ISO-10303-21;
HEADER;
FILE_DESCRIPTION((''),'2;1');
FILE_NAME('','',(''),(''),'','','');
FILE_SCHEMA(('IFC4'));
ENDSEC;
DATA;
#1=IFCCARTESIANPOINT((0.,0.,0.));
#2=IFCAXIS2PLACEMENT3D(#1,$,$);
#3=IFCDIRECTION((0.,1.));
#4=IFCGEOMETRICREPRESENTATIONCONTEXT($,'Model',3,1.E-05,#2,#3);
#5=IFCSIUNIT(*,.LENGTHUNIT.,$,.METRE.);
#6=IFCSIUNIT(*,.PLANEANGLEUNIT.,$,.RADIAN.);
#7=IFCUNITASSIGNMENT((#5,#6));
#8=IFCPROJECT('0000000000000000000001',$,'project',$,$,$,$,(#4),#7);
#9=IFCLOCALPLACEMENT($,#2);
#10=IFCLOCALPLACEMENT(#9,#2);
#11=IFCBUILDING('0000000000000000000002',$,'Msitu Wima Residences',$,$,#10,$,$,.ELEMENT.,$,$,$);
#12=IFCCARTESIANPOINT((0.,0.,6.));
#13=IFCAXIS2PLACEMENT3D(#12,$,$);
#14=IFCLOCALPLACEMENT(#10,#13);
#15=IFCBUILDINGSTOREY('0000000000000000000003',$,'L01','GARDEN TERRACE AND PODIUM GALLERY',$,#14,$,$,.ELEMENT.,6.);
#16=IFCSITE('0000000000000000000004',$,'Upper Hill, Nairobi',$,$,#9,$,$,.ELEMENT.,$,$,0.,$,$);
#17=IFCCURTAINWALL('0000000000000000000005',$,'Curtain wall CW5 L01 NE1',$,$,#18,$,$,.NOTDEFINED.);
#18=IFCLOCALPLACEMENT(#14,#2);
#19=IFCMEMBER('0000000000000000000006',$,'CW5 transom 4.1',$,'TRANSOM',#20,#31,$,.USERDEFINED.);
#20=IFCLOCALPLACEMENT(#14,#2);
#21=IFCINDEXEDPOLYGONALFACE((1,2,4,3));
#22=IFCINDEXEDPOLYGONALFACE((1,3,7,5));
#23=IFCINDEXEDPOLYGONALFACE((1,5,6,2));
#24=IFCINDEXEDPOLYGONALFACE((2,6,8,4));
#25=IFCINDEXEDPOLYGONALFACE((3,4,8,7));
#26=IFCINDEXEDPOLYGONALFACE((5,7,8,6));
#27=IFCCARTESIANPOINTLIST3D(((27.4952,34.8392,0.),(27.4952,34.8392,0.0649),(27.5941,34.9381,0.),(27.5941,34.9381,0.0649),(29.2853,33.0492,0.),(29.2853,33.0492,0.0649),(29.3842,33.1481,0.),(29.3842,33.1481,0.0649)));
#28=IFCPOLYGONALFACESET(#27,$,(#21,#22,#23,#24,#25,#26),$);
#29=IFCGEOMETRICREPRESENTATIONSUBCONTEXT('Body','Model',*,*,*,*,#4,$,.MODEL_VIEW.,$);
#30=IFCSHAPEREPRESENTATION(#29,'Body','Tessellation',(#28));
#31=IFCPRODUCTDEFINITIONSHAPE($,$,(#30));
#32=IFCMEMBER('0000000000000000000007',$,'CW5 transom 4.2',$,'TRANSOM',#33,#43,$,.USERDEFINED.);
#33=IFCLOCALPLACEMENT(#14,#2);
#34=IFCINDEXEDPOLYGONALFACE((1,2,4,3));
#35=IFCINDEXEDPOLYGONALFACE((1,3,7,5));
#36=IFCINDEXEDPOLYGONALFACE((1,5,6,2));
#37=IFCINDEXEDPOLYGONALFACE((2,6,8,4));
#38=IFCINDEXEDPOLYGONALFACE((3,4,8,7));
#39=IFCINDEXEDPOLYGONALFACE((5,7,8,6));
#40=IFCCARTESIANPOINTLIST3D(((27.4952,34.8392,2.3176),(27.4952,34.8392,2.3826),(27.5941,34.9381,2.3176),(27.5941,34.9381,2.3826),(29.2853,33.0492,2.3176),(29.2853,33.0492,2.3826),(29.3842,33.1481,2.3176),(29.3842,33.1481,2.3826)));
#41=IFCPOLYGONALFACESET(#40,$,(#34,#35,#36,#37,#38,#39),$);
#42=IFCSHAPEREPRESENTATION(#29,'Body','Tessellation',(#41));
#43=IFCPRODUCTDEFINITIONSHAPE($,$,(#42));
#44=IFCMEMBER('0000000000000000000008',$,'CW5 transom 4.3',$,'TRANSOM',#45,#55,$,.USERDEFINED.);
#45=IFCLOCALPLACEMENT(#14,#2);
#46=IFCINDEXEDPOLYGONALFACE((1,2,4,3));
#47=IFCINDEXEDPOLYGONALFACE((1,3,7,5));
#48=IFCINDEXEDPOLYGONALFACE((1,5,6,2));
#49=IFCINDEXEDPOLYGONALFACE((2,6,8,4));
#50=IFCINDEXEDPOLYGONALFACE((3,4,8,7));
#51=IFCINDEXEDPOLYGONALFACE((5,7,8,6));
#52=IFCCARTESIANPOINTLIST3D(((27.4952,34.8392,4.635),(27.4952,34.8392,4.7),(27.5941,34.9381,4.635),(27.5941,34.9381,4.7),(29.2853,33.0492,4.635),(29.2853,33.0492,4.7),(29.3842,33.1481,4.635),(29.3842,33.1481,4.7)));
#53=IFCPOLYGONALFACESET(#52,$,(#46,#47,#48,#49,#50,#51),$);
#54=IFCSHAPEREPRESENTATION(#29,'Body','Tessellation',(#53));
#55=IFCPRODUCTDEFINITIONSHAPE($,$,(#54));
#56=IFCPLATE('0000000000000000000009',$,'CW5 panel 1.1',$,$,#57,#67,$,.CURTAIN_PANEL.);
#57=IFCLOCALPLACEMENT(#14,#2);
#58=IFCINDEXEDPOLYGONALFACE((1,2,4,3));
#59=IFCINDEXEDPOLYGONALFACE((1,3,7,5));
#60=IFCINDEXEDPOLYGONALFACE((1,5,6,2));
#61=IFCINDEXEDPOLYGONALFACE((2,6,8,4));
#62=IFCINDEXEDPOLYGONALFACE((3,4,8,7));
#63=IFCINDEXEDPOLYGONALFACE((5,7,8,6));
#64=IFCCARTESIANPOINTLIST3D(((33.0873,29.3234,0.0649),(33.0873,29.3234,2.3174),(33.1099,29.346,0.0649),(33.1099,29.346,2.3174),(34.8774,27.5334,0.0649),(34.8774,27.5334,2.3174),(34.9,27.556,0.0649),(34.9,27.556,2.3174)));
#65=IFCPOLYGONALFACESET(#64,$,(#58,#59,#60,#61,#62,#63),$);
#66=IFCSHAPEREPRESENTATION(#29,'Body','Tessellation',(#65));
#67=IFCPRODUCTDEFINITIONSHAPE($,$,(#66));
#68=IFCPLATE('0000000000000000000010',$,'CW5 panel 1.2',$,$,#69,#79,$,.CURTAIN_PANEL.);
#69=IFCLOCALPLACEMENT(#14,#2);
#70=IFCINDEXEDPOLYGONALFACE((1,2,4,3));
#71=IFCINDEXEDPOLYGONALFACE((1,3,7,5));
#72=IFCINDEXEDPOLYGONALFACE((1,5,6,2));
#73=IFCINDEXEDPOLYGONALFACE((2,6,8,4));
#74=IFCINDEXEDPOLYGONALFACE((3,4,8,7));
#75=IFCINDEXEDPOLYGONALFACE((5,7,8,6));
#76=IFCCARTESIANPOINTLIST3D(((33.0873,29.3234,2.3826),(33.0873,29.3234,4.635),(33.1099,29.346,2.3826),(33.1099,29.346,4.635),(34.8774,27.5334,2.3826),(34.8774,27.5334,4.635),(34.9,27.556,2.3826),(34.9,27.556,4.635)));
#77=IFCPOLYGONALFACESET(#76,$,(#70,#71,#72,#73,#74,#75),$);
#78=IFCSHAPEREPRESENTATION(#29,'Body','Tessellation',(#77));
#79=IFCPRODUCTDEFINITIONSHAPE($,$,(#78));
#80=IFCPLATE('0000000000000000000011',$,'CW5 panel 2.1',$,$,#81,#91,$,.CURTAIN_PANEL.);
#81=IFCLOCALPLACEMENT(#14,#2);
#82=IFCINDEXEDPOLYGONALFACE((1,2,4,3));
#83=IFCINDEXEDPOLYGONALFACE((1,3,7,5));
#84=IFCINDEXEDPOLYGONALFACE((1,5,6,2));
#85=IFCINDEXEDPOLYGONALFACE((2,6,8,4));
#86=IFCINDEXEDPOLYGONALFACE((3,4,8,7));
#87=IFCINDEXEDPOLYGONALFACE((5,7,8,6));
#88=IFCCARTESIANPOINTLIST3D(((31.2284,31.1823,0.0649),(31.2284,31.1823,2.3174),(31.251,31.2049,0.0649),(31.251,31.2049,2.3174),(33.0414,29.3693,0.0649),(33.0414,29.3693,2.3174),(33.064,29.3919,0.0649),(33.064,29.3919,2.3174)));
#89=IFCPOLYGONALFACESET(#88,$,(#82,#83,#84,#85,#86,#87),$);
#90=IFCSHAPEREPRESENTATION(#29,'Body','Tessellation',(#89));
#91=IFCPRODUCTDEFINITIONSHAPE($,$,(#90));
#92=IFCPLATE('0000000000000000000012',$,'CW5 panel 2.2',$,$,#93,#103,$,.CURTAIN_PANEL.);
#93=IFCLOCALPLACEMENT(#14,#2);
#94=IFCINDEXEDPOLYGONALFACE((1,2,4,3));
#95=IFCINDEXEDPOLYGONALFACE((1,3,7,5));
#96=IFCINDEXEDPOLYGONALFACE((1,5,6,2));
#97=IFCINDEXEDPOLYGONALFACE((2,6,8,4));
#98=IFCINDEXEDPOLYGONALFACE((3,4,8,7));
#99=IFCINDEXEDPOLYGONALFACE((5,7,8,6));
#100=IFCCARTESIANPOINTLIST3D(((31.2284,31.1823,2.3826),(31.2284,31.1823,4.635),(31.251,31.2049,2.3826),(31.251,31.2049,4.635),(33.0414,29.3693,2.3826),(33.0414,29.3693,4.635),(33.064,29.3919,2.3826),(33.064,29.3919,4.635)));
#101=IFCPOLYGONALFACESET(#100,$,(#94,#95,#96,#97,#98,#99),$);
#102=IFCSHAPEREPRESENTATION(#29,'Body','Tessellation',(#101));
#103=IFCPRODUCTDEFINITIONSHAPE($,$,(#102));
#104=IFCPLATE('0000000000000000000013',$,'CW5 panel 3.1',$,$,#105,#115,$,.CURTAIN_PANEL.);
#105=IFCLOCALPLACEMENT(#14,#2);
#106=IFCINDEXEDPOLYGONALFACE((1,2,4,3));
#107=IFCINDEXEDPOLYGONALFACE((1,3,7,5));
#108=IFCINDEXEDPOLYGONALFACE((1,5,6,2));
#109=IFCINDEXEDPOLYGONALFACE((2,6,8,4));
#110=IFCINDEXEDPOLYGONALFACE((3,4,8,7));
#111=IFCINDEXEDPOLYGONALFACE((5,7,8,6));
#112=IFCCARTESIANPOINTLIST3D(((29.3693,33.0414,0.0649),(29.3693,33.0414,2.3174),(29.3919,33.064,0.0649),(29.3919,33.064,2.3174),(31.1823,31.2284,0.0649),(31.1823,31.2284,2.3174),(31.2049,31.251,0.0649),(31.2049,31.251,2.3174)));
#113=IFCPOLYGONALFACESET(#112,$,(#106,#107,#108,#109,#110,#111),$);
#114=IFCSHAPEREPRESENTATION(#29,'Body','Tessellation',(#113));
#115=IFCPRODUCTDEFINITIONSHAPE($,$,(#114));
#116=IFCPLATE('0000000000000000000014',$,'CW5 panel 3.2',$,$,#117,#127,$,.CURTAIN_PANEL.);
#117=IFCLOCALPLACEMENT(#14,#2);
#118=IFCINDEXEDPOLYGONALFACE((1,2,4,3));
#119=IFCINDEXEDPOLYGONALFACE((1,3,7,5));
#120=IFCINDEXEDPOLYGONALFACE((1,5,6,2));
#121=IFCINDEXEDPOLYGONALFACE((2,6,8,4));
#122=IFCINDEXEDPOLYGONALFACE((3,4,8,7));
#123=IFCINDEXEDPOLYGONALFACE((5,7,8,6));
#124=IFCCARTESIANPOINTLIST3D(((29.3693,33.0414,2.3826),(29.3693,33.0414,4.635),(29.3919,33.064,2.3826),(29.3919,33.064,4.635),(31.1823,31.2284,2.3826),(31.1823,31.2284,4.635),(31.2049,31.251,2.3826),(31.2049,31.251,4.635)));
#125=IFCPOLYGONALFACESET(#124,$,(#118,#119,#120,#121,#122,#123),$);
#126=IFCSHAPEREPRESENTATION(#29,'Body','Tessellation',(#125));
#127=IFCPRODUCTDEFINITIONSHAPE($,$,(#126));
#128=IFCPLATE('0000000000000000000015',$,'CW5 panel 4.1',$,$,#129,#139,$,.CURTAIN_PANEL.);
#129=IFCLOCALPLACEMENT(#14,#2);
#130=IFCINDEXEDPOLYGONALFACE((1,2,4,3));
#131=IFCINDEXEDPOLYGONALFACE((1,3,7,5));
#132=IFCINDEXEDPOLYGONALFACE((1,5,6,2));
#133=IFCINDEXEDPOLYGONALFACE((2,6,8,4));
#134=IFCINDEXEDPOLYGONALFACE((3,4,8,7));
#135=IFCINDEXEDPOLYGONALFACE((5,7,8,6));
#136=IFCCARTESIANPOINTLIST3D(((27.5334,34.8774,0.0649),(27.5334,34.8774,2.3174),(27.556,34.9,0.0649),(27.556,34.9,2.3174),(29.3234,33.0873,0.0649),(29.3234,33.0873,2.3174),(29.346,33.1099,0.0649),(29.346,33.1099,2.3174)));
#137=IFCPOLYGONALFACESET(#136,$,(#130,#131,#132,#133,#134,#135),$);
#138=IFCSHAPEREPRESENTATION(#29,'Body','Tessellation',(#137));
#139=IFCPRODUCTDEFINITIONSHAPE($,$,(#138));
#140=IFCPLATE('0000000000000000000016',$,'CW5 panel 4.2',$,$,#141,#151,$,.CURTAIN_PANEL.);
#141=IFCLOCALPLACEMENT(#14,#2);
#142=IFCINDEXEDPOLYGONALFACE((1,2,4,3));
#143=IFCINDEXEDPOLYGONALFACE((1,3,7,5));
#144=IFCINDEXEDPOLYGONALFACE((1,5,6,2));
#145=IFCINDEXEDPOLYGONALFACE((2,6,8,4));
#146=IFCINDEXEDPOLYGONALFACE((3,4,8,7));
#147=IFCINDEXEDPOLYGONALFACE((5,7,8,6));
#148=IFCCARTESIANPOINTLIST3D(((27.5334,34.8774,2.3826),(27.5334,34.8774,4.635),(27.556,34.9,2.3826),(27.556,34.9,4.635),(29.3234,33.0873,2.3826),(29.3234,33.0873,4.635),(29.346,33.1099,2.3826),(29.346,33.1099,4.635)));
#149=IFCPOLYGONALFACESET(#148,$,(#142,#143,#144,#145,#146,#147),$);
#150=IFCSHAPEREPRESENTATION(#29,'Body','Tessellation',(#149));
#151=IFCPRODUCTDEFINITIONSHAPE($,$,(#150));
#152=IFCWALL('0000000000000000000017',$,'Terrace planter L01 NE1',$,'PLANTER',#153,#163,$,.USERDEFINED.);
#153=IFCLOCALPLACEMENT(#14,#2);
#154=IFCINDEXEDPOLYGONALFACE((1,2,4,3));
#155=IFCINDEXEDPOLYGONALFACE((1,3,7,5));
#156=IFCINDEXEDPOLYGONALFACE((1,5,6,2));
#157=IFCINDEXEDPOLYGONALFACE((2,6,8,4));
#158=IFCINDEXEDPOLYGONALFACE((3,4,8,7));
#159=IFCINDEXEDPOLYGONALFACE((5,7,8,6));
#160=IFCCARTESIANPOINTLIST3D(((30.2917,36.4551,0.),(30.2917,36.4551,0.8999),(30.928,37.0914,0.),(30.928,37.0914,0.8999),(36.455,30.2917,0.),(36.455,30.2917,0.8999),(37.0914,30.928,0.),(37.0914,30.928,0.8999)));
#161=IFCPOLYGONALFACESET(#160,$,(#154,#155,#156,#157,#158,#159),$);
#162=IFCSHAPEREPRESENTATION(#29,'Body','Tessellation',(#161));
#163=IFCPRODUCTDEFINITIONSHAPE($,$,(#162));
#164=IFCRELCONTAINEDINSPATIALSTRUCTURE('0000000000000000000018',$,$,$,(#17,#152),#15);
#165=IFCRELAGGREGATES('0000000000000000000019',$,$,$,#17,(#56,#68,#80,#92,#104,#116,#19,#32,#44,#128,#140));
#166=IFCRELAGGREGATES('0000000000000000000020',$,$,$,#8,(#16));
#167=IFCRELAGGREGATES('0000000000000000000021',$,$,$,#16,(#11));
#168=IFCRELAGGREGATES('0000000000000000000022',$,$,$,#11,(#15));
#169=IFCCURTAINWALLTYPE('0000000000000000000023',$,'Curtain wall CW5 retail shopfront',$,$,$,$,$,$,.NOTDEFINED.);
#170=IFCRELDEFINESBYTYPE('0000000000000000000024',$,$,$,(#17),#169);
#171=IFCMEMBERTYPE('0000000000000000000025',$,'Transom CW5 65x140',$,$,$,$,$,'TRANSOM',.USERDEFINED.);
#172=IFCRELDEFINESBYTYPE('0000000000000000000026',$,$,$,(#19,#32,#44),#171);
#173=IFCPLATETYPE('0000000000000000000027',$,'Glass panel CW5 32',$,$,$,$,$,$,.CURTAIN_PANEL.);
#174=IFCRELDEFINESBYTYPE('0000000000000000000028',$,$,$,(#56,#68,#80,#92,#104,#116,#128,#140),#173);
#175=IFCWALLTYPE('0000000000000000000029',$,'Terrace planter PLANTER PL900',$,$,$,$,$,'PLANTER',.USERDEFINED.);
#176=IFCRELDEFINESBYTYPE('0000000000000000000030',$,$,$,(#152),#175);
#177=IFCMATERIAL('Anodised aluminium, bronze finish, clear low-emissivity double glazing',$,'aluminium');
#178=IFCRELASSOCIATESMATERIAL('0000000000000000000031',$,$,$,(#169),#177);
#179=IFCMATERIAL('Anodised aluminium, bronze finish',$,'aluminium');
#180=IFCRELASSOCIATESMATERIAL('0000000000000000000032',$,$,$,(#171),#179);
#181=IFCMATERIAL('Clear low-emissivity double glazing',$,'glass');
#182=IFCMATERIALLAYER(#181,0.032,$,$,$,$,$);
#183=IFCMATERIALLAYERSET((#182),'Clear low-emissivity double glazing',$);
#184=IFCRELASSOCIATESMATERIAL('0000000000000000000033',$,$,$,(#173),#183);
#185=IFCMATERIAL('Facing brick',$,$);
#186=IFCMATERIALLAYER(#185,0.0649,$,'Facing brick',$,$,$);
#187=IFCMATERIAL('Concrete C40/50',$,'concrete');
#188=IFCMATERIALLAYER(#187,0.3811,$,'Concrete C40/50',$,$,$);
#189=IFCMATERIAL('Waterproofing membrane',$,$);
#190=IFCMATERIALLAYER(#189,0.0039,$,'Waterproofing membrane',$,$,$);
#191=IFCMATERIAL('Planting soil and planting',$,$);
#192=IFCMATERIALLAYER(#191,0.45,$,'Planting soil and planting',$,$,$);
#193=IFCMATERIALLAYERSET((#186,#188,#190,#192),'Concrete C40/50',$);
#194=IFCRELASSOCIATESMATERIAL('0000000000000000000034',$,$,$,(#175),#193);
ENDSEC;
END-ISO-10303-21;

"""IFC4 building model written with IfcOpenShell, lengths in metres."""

from ifc_helpers import new_model, si_unit, direction, frame, frame_2d, origin, origin_2d, place, context, subcontext, project, spatial, rectangle, extrude, material, layer, layer_set, material_profile, profile_set, type_object, element, aggregate, save


model = new_model("IFC4")

# Units and contexts
model_context = context("Model", 3, precision=1e-05, world=origin(), true_north=direction((0.0, 1.0)))
body_context = subcontext(model_context, "Body", "Model", "MODEL_VIEW")
ifc_project = project(units=[si_unit("LENGTHUNIT", "METRE"), si_unit("PLANEANGLEUNIT", "RADIAN")], contexts=[model_context])

# Site, building, storey
site_placement = place(None, origin())
site = spatial("IfcSite", under=ifc_project, at=site_placement, Name="Upper Hill, Nairobi", CompositionType="ELEMENT", RefElevation=0.0)
building_placement = place(site_placement, origin())
building = spatial("IfcBuilding", under=site, at=building_placement, Name="Msitu Wima Residences", CompositionType="ELEMENT")
storey_placement = place(building_placement, frame((0.0, 0.0, 6.0)))
storey = spatial("IfcBuildingStorey", under=building, at=storey_placement, Name="L01", Description="GARDEN TERRACE AND PODIUM GALLERY", CompositionType="ELEMENT", Elevation=6.0)

# Curtain wall
ifc_material_1 = material(Name="Anodised aluminium, bronze finish, clear low-emissivity double glazing", Category="aluminium")
curtain_wall_type = type_object("IfcCurtainWallType", Name="Curtain wall CW5 retail shopfront", PredefinedType="NOTDEFINED", material=ifc_material_1)
curtain_wall_placement = place(storey_placement, origin())
curtain_wall = element("IfcCurtainWall", 1, at=curtain_wall_placement, inside=storey, type_object=curtain_wall_type, Name="Curtain wall CW5 L01 NE1", PredefinedType="NOTDEFINED")
ifc_material_2 = material(Name="Anodised aluminium, bronze finish", Category="aluminium")

# Members
ifc_material_profile_1 = material_profile(ifc_material_2, rectangle(XDim=0.1399, YDim=0.0649, at=origin_2d()), Name="Transom 65x140")
ifc_profile_set_1 = profile_set([ifc_material_profile_1], Name="Anodised aluminium, bronze finish")
member_type_1 = type_object("IfcMemberType", Name="Transom CW5 65x140", ElementType="TRANSOM", PredefinedType="USERDEFINED", material=ifc_profile_set_1)
member_1_placement = place(storey_placement, frame((29.3347, 33.0986, 0.0325), z_axis=(-0.707107, 0.707107, 0.0), x_axis=(-0.707107, -0.707107, 0.0)))
member_1 = element("IfcMember", 2, at=member_1_placement, type_object=member_type_1, Name="CW5 transom 4.1", ObjectType="TRANSOM", PredefinedType="USERDEFINED", context=body_context, shape_type="SweptSolid", body=[
    extrude(rectangle(XDim=0.1399, YDim=0.0649, at=origin_2d()), origin(), (0.0, 0.0, 1.0), 2.5315),
])
member_2_placement = place(storey_placement, frame((29.3347, 33.0986, 2.3501), z_axis=(-0.707107, 0.707107, 0.0), x_axis=(-0.707107, -0.707107, 0.0)))
member_2 = element("IfcMember", 3, at=member_2_placement, type_object=member_type_1, Name="CW5 transom 4.2", ObjectType="TRANSOM", PredefinedType="USERDEFINED", context=body_context, shape_type="SweptSolid", body=[
    extrude(rectangle(XDim=0.1399, YDim=0.0649, at=origin_2d()), origin(), (0.0, 0.0, 1.0), 2.5315),
])
member_3_placement = place(storey_placement, frame((29.3347, 33.0986, 4.6675), z_axis=(-0.707107, 0.707107, 0.0), x_axis=(-0.707107, -0.707107, 0.0)))
member_3 = element("IfcMember", 4, at=member_3_placement, type_object=member_type_1, Name="CW5 transom 4.3", ObjectType="TRANSOM", PredefinedType="USERDEFINED", context=body_context, shape_type="SweptSolid", body=[
    extrude(rectangle(XDim=0.1399, YDim=0.0649, at=origin_2d()), origin(), (0.0, 0.0, 1.0), 2.5315),
])

# Plates
ifc_material_3 = material(Name="Clear low-emissivity double glazing", Category="glass")
ifc_layer_1 = layer(ifc_material_3, 0.032)
ifc_layer_set_1 = layer_set([ifc_layer_1], Name="Clear low-emissivity double glazing")
plate_type = type_object("IfcPlateType", Name="Glass panel CW5 32", PredefinedType="CURTAIN_PANEL", material=ifc_layer_set_1)
plate_1_placement = place(storey_placement, frame((33.9937, 28.4397, 0.0649), z_axis=(0.0, 0.0, 1.0), x_axis=(-0.707107, 0.707107, 0.0)))
plate_1 = element("IfcPlate", 5, at=plate_1_placement, type_object=plate_type, Name="CW5 panel 1.1", PredefinedType="CURTAIN_PANEL", context=body_context, shape_type="SweptSolid", body=[
    extrude(rectangle(XDim=2.5315, YDim=0.032, at=origin_2d()), origin(), (0.0, 0.0, 1.0), 2.2524),
])
plate_2_placement = place(storey_placement, frame((33.9937, 28.4397, 2.3826), z_axis=(0.0, 0.0, 1.0), x_axis=(-0.707107, 0.707107, 0.0)))
plate_2 = element("IfcPlate", 6, at=plate_2_placement, type_object=plate_type, Name="CW5 panel 1.2", PredefinedType="CURTAIN_PANEL", context=body_context, shape_type="SweptSolid", body=[
    extrude(rectangle(XDim=2.5315, YDim=0.032, at=origin_2d()), origin(), (0.0, 0.0, 1.0), 2.2524),
])
plate_3_placement = place(storey_placement, frame((32.1462, 30.2871, 0.0649), z_axis=(0.0, 0.0, 1.0), x_axis=(-0.707107, 0.707107, 0.0)))
plate_3 = element("IfcPlate", 7, at=plate_3_placement, type_object=plate_type, Name="CW5 panel 2.1", PredefinedType="CURTAIN_PANEL", context=body_context, shape_type="SweptSolid", body=[
    extrude(rectangle(XDim=2.564, YDim=0.032, at=origin_2d()), origin(), (0.0, 0.0, 1.0), 2.2524),
])
plate_4_placement = place(storey_placement, frame((32.1462, 30.2871, 2.3826), z_axis=(0.0, 0.0, 1.0), x_axis=(-0.707107, 0.707107, 0.0)))
plate_4 = element("IfcPlate", 8, at=plate_4_placement, type_object=plate_type, Name="CW5 panel 2.2", PredefinedType="CURTAIN_PANEL", context=body_context, shape_type="SweptSolid", body=[
    extrude(rectangle(XDim=2.564, YDim=0.032, at=origin_2d()), origin(), (0.0, 0.0, 1.0), 2.2524),
])
plate_5_placement = place(storey_placement, frame((30.2871, 32.1462, 0.0649), z_axis=(0.0, 0.0, 1.0), x_axis=(-0.707107, 0.707107, 0.0)))
plate_5 = element("IfcPlate", 9, at=plate_5_placement, type_object=plate_type, Name="CW5 panel 3.1", PredefinedType="CURTAIN_PANEL", context=body_context, shape_type="SweptSolid", body=[
    extrude(rectangle(XDim=2.564, YDim=0.032, at=origin_2d()), origin(), (0.0, 0.0, 1.0), 2.2524),
])
plate_6_placement = place(storey_placement, frame((30.2871, 32.1462, 2.3826), z_axis=(0.0, 0.0, 1.0), x_axis=(-0.707107, 0.707107, 0.0)))
plate_6 = element("IfcPlate", 10, at=plate_6_placement, type_object=plate_type, Name="CW5 panel 3.2", PredefinedType="CURTAIN_PANEL", context=body_context, shape_type="SweptSolid", body=[
    extrude(rectangle(XDim=2.564, YDim=0.032, at=origin_2d()), origin(), (0.0, 0.0, 1.0), 2.2524),
])
plate_7_placement = place(storey_placement, frame((28.4397, 33.9937, 0.0649), z_axis=(0.0, 0.0, 1.0), x_axis=(-0.707107, 0.707107, 0.0)))
plate_7 = element("IfcPlate", 11, at=plate_7_placement, type_object=plate_type, Name="CW5 panel 4.1", PredefinedType="CURTAIN_PANEL", context=body_context, shape_type="SweptSolid", body=[
    extrude(rectangle(XDim=2.5315, YDim=0.032, at=origin_2d()), origin(), (0.0, 0.0, 1.0), 2.2524),
])
plate_8_placement = place(storey_placement, frame((28.4397, 33.9937, 2.3826), z_axis=(0.0, 0.0, 1.0), x_axis=(-0.707107, 0.707107, 0.0)))
plate_8 = element("IfcPlate", 12, at=plate_8_placement, type_object=plate_type, Name="CW5 panel 4.2", PredefinedType="CURTAIN_PANEL", context=body_context, shape_type="SweptSolid", body=[
    extrude(rectangle(XDim=2.5315, YDim=0.032, at=origin_2d()), origin(), (0.0, 0.0, 1.0), 2.2524),
])
aggregate(curtain_wall, [plate_1, plate_2, plate_3, plate_4, plate_5, plate_6, member_1, member_2, member_3, plate_7, plate_8])

# Wall
ifc_material_4 = material(Name="Facing brick")
ifc_layer_2 = layer(ifc_material_4, 0.0649, Name="Facing brick")
ifc_material_5 = material(Name="Concrete C40/50", Category="concrete")
ifc_layer_3 = layer(ifc_material_5, 0.3811, Name="Concrete C40/50")
ifc_material_6 = material(Name="Waterproofing membrane")
ifc_layer_4 = layer(ifc_material_6, 0.0039, Name="Waterproofing membrane")
ifc_material_7 = material(Name="Planting soil and planting")
ifc_layer_5 = layer(ifc_material_7, 0.45, Name="Planting soil and planting")
ifc_layer_set_2 = layer_set([ifc_layer_2, ifc_layer_3, ifc_layer_4, ifc_layer_5], Name="Concrete C40/50")
wall_type = type_object("IfcWallType", Name="Terrace planter PLANTER PL900", ElementType="PLANTER", PredefinedType="USERDEFINED", material=ifc_layer_set_2)
wall_placement = place(storey_placement, frame((36.7732, 30.6099, 0.0), z_axis=(0.0, 0.0, 1.0), x_axis=(-0.707107, 0.707107, 0.0)))
element("IfcWall", 13, at=wall_placement, inside=storey, type_object=wall_type, Name="Terrace planter L01 NE1", ObjectType="PLANTER", PredefinedType="USERDEFINED", context=body_context, shape_type="SweptSolid", body=[
    extrude(rectangle(XDim=8.7163, YDim=0.8999, at=frame_2d((4.3582, 0.0))), origin(), (0.0, 0.0, 1.0), 0.8999),
])

save(model, "model.ifc")
